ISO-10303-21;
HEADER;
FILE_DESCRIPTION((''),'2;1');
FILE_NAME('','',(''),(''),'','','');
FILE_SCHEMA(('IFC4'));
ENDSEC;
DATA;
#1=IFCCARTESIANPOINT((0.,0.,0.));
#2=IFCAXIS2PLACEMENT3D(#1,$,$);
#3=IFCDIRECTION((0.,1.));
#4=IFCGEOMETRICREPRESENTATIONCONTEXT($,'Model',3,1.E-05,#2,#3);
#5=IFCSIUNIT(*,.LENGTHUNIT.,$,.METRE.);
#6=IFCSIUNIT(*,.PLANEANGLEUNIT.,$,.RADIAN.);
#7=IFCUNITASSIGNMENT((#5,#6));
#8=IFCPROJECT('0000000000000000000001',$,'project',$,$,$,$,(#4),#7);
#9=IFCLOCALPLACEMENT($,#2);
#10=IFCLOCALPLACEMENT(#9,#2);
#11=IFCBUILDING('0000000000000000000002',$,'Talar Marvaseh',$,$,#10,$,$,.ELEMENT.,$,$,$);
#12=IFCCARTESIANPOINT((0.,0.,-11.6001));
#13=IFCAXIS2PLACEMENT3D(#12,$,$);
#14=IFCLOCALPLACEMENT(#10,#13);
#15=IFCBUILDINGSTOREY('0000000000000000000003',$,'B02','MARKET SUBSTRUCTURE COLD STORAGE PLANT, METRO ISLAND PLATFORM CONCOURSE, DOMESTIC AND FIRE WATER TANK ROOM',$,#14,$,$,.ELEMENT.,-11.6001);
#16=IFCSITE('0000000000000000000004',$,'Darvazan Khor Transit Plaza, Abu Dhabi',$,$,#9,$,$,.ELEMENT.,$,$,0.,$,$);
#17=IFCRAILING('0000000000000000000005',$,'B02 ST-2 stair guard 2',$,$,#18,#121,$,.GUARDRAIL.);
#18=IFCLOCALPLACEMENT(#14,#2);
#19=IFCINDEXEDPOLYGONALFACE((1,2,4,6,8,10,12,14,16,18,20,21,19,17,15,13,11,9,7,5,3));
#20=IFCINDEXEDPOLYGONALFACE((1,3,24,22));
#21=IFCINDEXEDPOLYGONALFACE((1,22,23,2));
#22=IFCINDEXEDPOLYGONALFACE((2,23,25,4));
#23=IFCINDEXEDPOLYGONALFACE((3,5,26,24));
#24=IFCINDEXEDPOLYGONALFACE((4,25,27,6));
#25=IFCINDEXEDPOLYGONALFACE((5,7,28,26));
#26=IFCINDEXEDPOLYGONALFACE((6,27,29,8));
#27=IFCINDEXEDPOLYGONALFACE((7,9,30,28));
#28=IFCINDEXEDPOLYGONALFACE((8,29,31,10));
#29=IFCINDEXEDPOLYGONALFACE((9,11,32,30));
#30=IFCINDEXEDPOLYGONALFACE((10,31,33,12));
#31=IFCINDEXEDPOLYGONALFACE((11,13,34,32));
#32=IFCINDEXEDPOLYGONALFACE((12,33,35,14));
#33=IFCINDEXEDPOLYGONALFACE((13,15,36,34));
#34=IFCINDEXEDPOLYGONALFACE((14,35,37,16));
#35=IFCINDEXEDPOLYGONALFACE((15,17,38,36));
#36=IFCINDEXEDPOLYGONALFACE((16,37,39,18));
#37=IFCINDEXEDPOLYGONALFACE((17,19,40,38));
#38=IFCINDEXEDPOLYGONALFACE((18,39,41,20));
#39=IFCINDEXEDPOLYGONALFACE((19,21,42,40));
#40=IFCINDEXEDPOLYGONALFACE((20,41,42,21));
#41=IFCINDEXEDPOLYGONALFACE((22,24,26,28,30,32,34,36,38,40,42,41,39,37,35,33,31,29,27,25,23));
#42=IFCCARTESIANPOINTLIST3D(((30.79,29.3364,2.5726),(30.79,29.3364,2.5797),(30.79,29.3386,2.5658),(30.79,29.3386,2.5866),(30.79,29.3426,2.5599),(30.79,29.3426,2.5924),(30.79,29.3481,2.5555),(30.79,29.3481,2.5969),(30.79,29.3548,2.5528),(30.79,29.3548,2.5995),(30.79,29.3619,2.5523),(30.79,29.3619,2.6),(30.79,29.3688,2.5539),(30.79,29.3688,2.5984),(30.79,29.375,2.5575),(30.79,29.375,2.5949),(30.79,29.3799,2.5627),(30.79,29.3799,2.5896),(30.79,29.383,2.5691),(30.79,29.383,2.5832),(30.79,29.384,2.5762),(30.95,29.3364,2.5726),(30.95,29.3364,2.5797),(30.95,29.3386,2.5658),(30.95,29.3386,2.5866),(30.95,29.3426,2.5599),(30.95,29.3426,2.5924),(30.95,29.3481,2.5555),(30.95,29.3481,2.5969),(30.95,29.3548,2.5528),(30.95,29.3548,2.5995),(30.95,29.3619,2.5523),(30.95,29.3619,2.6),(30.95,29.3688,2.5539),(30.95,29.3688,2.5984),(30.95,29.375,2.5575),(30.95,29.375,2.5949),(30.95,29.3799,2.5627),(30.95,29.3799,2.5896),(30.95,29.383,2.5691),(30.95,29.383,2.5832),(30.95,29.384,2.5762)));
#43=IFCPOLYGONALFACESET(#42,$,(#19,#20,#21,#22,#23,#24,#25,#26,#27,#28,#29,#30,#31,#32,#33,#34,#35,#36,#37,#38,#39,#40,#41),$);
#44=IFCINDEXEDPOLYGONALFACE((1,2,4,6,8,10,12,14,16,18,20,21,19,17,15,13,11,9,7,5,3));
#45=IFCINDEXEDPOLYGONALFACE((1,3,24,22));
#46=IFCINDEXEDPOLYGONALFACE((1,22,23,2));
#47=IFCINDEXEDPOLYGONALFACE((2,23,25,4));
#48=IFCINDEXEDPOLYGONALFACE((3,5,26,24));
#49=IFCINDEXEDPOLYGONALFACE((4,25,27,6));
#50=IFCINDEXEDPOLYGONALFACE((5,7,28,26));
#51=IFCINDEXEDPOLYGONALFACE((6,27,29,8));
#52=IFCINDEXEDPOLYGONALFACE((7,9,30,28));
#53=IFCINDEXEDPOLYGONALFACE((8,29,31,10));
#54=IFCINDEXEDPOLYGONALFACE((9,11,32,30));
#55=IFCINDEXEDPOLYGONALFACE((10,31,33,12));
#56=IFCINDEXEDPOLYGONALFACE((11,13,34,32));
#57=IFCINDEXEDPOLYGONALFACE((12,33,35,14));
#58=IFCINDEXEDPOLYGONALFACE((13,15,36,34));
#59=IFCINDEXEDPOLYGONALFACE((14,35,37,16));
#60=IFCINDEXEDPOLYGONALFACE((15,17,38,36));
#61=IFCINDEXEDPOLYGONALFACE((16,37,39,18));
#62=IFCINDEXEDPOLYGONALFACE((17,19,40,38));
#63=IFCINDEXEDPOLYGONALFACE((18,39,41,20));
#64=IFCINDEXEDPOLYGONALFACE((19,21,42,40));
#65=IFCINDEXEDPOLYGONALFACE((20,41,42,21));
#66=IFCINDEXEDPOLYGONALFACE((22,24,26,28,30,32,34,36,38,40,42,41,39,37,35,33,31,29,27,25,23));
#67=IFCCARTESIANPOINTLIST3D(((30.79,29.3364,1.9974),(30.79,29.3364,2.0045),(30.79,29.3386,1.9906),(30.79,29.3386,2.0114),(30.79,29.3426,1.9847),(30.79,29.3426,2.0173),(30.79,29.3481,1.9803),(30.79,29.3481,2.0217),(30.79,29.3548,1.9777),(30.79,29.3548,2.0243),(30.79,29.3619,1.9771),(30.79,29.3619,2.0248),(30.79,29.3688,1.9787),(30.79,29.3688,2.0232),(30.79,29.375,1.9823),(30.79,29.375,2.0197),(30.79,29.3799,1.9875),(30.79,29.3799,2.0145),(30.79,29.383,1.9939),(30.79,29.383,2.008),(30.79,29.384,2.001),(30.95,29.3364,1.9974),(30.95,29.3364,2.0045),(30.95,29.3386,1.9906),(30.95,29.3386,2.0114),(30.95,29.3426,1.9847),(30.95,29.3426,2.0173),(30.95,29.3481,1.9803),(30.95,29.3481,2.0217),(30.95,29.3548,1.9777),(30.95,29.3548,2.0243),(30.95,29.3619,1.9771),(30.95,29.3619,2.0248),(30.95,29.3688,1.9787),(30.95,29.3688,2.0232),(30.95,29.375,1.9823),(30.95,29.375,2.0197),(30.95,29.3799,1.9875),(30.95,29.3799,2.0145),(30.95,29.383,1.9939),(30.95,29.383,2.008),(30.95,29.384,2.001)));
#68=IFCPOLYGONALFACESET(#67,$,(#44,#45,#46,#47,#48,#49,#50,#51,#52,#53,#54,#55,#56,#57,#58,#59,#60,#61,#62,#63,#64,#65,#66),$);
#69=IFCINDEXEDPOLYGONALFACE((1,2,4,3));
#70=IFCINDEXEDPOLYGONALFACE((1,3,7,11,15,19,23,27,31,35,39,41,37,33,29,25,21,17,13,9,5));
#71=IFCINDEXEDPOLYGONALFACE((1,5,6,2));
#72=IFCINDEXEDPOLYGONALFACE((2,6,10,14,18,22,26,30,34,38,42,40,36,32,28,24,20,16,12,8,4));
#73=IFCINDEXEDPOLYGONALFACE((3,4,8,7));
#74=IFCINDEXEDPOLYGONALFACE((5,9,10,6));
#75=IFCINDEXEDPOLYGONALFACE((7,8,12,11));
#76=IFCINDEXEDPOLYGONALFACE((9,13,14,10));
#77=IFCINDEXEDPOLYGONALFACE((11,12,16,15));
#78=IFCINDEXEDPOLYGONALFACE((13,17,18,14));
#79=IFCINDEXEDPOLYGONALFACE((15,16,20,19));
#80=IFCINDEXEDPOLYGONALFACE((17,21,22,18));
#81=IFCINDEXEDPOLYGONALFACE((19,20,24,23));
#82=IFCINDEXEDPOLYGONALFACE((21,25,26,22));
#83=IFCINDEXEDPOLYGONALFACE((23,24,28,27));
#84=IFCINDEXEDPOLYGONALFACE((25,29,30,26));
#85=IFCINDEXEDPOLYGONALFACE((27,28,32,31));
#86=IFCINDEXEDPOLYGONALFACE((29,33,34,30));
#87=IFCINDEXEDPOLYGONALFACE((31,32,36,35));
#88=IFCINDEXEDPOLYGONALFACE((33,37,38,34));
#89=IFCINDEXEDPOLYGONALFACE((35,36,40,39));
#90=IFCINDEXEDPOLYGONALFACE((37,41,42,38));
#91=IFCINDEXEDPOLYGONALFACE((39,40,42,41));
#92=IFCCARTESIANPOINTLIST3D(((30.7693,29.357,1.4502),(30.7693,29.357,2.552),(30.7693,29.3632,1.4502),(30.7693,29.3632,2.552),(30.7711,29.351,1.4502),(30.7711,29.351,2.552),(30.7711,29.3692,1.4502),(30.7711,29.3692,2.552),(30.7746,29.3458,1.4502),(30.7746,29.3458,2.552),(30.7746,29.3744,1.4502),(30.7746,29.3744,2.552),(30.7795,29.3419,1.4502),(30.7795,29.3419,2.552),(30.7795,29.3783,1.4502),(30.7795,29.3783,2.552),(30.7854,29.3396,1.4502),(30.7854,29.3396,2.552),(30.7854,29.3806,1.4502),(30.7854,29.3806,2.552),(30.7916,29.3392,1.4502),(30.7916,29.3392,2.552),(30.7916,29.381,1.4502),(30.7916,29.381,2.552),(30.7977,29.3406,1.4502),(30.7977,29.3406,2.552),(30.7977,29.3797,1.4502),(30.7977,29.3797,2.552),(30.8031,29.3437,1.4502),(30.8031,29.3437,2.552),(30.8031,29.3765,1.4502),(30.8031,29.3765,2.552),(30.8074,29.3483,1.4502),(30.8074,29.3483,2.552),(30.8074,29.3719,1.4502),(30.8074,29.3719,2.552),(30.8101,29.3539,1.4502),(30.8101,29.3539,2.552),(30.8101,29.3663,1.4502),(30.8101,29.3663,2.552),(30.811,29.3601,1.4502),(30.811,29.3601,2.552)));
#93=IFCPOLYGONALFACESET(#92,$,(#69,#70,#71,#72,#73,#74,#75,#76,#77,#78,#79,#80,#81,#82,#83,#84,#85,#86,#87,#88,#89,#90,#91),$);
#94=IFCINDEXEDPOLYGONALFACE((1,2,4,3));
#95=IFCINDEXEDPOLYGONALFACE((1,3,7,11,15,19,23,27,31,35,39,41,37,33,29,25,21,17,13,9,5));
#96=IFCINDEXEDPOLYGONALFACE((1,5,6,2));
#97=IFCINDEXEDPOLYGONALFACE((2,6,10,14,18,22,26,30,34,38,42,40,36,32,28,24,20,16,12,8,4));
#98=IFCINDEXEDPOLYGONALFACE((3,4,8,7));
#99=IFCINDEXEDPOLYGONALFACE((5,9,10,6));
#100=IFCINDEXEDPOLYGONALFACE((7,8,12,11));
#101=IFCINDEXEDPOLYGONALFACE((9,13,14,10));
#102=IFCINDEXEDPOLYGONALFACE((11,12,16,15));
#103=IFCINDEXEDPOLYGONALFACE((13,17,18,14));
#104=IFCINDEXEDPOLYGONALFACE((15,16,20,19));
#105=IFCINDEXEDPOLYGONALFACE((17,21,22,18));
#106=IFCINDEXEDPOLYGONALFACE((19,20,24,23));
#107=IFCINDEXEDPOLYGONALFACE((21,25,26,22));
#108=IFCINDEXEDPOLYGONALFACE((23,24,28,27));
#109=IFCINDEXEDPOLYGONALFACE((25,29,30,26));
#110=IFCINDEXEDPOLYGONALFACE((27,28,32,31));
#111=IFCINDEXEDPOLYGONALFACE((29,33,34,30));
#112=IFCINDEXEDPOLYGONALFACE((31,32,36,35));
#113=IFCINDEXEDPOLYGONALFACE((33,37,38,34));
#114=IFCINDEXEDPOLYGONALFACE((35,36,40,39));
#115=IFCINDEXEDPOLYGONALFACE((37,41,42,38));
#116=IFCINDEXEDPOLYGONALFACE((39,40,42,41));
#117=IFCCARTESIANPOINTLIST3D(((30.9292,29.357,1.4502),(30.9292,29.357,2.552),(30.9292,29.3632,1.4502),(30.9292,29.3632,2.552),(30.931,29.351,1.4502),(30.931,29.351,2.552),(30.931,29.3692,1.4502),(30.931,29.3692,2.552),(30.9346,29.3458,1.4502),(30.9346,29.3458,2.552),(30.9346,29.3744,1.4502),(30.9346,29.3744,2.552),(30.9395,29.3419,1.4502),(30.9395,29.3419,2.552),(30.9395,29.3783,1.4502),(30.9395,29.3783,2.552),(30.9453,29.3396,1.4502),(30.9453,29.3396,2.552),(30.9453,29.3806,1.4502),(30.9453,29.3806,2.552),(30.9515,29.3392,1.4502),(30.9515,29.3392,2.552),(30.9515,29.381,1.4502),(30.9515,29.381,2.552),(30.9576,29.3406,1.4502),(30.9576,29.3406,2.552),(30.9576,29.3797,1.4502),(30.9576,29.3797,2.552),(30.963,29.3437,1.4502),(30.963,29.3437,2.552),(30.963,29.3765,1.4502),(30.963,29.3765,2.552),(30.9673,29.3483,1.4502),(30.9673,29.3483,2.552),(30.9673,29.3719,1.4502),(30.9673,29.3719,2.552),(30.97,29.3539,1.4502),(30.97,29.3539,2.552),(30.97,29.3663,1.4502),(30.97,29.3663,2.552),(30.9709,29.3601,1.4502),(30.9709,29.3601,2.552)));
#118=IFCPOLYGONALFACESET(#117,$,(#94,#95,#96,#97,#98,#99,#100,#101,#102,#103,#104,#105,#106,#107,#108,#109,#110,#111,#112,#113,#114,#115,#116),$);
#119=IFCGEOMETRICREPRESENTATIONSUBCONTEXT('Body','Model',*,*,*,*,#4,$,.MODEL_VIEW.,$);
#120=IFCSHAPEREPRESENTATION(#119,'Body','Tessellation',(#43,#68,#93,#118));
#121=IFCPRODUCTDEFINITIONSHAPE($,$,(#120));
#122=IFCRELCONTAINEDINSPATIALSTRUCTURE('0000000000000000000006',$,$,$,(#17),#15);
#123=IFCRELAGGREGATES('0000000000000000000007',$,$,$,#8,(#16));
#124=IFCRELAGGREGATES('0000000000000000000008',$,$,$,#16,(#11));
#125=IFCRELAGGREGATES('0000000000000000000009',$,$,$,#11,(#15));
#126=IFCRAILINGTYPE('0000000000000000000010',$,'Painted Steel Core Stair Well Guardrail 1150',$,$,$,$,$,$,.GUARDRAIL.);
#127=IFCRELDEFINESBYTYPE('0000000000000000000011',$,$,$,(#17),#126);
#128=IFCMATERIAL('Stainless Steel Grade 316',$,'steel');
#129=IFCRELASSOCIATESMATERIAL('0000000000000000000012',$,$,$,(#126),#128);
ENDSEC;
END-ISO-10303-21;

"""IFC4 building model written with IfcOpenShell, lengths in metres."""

from ifc_helpers import new_model, si_unit, direction, frame, origin, origin_2d, place, context, subcontext, project, spatial, circle, extrude, material, type_object, element, save


model = new_model("IFC4")

# Units and contexts
model_context = context("Model", 3, precision=1e-05, world=origin(), true_north=direction((0.0, 1.0)))
body_context = subcontext(model_context, "Body", "Model", "MODEL_VIEW")
ifc_project = project(units=[si_unit("LENGTHUNIT", "METRE"), si_unit("PLANEANGLEUNIT", "RADIAN")], contexts=[model_context])

# Site, building, storey
site_placement = place(None, origin())
site = spatial("IfcSite", under=ifc_project, at=site_placement, Name="Darvazan Khor Transit Plaza, Abu Dhabi", CompositionType="ELEMENT", RefElevation=0.0)
building_placement = place(site_placement, origin())
building = spatial("IfcBuilding", under=site, at=building_placement, Name="Talar Marvaseh", CompositionType="ELEMENT")
storey_placement = place(building_placement, frame((0.0, 0.0, -11.6001)))
storey = spatial("IfcBuildingStorey", under=building, at=storey_placement, Name="B02", Description="MARKET SUBSTRUCTURE COLD STORAGE PLANT, METRO ISLAND PLATFORM CONCOURSE, DOMESTIC AND FIRE WATER TANK ROOM", CompositionType="ELEMENT", Elevation=-11.6001)

# Railing
ifc_material_1 = material(Name="Stainless Steel Grade 316", Category="steel")
railing_type_1 = type_object("IfcRailingType", Name="Painted Steel Core Stair Well Guardrail 1150", PredefinedType="GUARDRAIL", material=ifc_material_1)
for number, where, name in (
    (1, (30.79, 29.3601, 1.4502), "B02 ST-2 stair guard 2"),
):
    element("IfcRailing", number, at=place(storey_placement, frame(where)), inside=storey, type_object=railing_type_1, Name=name, PredefinedType="GUARDRAIL", context=body_context, shape_type="SweptSolid", body=[
        extrude(circle(Radius=0.0239, at=origin_2d()), frame((0.0, 0.0, 1.126), z_axis=(1.0, 0.0, 0.0), x_axis=(0.0, 1.0, 0.0)), (0.0, 0.0, 1.0), 0.1599),
        extrude(circle(Radius=0.0239, at=origin_2d()), frame((0.0, 0.0, 0.5508), z_axis=(1.0, 0.0, 0.0), x_axis=(0.0, 1.0, 0.0)), (0.0, 0.0, 1.0), 0.1599),
        extrude(circle(Radius=0.021, at=origin_2d()), origin(), (0.0, 0.0, 1.0), 1.1018),
        extrude(circle(Radius=0.021, at=origin_2d()), frame((0.1599, 0.0, 0.0)), (0.0, 0.0, 1.0), 1.1018),
    ])

save(model, "model.ifc")
